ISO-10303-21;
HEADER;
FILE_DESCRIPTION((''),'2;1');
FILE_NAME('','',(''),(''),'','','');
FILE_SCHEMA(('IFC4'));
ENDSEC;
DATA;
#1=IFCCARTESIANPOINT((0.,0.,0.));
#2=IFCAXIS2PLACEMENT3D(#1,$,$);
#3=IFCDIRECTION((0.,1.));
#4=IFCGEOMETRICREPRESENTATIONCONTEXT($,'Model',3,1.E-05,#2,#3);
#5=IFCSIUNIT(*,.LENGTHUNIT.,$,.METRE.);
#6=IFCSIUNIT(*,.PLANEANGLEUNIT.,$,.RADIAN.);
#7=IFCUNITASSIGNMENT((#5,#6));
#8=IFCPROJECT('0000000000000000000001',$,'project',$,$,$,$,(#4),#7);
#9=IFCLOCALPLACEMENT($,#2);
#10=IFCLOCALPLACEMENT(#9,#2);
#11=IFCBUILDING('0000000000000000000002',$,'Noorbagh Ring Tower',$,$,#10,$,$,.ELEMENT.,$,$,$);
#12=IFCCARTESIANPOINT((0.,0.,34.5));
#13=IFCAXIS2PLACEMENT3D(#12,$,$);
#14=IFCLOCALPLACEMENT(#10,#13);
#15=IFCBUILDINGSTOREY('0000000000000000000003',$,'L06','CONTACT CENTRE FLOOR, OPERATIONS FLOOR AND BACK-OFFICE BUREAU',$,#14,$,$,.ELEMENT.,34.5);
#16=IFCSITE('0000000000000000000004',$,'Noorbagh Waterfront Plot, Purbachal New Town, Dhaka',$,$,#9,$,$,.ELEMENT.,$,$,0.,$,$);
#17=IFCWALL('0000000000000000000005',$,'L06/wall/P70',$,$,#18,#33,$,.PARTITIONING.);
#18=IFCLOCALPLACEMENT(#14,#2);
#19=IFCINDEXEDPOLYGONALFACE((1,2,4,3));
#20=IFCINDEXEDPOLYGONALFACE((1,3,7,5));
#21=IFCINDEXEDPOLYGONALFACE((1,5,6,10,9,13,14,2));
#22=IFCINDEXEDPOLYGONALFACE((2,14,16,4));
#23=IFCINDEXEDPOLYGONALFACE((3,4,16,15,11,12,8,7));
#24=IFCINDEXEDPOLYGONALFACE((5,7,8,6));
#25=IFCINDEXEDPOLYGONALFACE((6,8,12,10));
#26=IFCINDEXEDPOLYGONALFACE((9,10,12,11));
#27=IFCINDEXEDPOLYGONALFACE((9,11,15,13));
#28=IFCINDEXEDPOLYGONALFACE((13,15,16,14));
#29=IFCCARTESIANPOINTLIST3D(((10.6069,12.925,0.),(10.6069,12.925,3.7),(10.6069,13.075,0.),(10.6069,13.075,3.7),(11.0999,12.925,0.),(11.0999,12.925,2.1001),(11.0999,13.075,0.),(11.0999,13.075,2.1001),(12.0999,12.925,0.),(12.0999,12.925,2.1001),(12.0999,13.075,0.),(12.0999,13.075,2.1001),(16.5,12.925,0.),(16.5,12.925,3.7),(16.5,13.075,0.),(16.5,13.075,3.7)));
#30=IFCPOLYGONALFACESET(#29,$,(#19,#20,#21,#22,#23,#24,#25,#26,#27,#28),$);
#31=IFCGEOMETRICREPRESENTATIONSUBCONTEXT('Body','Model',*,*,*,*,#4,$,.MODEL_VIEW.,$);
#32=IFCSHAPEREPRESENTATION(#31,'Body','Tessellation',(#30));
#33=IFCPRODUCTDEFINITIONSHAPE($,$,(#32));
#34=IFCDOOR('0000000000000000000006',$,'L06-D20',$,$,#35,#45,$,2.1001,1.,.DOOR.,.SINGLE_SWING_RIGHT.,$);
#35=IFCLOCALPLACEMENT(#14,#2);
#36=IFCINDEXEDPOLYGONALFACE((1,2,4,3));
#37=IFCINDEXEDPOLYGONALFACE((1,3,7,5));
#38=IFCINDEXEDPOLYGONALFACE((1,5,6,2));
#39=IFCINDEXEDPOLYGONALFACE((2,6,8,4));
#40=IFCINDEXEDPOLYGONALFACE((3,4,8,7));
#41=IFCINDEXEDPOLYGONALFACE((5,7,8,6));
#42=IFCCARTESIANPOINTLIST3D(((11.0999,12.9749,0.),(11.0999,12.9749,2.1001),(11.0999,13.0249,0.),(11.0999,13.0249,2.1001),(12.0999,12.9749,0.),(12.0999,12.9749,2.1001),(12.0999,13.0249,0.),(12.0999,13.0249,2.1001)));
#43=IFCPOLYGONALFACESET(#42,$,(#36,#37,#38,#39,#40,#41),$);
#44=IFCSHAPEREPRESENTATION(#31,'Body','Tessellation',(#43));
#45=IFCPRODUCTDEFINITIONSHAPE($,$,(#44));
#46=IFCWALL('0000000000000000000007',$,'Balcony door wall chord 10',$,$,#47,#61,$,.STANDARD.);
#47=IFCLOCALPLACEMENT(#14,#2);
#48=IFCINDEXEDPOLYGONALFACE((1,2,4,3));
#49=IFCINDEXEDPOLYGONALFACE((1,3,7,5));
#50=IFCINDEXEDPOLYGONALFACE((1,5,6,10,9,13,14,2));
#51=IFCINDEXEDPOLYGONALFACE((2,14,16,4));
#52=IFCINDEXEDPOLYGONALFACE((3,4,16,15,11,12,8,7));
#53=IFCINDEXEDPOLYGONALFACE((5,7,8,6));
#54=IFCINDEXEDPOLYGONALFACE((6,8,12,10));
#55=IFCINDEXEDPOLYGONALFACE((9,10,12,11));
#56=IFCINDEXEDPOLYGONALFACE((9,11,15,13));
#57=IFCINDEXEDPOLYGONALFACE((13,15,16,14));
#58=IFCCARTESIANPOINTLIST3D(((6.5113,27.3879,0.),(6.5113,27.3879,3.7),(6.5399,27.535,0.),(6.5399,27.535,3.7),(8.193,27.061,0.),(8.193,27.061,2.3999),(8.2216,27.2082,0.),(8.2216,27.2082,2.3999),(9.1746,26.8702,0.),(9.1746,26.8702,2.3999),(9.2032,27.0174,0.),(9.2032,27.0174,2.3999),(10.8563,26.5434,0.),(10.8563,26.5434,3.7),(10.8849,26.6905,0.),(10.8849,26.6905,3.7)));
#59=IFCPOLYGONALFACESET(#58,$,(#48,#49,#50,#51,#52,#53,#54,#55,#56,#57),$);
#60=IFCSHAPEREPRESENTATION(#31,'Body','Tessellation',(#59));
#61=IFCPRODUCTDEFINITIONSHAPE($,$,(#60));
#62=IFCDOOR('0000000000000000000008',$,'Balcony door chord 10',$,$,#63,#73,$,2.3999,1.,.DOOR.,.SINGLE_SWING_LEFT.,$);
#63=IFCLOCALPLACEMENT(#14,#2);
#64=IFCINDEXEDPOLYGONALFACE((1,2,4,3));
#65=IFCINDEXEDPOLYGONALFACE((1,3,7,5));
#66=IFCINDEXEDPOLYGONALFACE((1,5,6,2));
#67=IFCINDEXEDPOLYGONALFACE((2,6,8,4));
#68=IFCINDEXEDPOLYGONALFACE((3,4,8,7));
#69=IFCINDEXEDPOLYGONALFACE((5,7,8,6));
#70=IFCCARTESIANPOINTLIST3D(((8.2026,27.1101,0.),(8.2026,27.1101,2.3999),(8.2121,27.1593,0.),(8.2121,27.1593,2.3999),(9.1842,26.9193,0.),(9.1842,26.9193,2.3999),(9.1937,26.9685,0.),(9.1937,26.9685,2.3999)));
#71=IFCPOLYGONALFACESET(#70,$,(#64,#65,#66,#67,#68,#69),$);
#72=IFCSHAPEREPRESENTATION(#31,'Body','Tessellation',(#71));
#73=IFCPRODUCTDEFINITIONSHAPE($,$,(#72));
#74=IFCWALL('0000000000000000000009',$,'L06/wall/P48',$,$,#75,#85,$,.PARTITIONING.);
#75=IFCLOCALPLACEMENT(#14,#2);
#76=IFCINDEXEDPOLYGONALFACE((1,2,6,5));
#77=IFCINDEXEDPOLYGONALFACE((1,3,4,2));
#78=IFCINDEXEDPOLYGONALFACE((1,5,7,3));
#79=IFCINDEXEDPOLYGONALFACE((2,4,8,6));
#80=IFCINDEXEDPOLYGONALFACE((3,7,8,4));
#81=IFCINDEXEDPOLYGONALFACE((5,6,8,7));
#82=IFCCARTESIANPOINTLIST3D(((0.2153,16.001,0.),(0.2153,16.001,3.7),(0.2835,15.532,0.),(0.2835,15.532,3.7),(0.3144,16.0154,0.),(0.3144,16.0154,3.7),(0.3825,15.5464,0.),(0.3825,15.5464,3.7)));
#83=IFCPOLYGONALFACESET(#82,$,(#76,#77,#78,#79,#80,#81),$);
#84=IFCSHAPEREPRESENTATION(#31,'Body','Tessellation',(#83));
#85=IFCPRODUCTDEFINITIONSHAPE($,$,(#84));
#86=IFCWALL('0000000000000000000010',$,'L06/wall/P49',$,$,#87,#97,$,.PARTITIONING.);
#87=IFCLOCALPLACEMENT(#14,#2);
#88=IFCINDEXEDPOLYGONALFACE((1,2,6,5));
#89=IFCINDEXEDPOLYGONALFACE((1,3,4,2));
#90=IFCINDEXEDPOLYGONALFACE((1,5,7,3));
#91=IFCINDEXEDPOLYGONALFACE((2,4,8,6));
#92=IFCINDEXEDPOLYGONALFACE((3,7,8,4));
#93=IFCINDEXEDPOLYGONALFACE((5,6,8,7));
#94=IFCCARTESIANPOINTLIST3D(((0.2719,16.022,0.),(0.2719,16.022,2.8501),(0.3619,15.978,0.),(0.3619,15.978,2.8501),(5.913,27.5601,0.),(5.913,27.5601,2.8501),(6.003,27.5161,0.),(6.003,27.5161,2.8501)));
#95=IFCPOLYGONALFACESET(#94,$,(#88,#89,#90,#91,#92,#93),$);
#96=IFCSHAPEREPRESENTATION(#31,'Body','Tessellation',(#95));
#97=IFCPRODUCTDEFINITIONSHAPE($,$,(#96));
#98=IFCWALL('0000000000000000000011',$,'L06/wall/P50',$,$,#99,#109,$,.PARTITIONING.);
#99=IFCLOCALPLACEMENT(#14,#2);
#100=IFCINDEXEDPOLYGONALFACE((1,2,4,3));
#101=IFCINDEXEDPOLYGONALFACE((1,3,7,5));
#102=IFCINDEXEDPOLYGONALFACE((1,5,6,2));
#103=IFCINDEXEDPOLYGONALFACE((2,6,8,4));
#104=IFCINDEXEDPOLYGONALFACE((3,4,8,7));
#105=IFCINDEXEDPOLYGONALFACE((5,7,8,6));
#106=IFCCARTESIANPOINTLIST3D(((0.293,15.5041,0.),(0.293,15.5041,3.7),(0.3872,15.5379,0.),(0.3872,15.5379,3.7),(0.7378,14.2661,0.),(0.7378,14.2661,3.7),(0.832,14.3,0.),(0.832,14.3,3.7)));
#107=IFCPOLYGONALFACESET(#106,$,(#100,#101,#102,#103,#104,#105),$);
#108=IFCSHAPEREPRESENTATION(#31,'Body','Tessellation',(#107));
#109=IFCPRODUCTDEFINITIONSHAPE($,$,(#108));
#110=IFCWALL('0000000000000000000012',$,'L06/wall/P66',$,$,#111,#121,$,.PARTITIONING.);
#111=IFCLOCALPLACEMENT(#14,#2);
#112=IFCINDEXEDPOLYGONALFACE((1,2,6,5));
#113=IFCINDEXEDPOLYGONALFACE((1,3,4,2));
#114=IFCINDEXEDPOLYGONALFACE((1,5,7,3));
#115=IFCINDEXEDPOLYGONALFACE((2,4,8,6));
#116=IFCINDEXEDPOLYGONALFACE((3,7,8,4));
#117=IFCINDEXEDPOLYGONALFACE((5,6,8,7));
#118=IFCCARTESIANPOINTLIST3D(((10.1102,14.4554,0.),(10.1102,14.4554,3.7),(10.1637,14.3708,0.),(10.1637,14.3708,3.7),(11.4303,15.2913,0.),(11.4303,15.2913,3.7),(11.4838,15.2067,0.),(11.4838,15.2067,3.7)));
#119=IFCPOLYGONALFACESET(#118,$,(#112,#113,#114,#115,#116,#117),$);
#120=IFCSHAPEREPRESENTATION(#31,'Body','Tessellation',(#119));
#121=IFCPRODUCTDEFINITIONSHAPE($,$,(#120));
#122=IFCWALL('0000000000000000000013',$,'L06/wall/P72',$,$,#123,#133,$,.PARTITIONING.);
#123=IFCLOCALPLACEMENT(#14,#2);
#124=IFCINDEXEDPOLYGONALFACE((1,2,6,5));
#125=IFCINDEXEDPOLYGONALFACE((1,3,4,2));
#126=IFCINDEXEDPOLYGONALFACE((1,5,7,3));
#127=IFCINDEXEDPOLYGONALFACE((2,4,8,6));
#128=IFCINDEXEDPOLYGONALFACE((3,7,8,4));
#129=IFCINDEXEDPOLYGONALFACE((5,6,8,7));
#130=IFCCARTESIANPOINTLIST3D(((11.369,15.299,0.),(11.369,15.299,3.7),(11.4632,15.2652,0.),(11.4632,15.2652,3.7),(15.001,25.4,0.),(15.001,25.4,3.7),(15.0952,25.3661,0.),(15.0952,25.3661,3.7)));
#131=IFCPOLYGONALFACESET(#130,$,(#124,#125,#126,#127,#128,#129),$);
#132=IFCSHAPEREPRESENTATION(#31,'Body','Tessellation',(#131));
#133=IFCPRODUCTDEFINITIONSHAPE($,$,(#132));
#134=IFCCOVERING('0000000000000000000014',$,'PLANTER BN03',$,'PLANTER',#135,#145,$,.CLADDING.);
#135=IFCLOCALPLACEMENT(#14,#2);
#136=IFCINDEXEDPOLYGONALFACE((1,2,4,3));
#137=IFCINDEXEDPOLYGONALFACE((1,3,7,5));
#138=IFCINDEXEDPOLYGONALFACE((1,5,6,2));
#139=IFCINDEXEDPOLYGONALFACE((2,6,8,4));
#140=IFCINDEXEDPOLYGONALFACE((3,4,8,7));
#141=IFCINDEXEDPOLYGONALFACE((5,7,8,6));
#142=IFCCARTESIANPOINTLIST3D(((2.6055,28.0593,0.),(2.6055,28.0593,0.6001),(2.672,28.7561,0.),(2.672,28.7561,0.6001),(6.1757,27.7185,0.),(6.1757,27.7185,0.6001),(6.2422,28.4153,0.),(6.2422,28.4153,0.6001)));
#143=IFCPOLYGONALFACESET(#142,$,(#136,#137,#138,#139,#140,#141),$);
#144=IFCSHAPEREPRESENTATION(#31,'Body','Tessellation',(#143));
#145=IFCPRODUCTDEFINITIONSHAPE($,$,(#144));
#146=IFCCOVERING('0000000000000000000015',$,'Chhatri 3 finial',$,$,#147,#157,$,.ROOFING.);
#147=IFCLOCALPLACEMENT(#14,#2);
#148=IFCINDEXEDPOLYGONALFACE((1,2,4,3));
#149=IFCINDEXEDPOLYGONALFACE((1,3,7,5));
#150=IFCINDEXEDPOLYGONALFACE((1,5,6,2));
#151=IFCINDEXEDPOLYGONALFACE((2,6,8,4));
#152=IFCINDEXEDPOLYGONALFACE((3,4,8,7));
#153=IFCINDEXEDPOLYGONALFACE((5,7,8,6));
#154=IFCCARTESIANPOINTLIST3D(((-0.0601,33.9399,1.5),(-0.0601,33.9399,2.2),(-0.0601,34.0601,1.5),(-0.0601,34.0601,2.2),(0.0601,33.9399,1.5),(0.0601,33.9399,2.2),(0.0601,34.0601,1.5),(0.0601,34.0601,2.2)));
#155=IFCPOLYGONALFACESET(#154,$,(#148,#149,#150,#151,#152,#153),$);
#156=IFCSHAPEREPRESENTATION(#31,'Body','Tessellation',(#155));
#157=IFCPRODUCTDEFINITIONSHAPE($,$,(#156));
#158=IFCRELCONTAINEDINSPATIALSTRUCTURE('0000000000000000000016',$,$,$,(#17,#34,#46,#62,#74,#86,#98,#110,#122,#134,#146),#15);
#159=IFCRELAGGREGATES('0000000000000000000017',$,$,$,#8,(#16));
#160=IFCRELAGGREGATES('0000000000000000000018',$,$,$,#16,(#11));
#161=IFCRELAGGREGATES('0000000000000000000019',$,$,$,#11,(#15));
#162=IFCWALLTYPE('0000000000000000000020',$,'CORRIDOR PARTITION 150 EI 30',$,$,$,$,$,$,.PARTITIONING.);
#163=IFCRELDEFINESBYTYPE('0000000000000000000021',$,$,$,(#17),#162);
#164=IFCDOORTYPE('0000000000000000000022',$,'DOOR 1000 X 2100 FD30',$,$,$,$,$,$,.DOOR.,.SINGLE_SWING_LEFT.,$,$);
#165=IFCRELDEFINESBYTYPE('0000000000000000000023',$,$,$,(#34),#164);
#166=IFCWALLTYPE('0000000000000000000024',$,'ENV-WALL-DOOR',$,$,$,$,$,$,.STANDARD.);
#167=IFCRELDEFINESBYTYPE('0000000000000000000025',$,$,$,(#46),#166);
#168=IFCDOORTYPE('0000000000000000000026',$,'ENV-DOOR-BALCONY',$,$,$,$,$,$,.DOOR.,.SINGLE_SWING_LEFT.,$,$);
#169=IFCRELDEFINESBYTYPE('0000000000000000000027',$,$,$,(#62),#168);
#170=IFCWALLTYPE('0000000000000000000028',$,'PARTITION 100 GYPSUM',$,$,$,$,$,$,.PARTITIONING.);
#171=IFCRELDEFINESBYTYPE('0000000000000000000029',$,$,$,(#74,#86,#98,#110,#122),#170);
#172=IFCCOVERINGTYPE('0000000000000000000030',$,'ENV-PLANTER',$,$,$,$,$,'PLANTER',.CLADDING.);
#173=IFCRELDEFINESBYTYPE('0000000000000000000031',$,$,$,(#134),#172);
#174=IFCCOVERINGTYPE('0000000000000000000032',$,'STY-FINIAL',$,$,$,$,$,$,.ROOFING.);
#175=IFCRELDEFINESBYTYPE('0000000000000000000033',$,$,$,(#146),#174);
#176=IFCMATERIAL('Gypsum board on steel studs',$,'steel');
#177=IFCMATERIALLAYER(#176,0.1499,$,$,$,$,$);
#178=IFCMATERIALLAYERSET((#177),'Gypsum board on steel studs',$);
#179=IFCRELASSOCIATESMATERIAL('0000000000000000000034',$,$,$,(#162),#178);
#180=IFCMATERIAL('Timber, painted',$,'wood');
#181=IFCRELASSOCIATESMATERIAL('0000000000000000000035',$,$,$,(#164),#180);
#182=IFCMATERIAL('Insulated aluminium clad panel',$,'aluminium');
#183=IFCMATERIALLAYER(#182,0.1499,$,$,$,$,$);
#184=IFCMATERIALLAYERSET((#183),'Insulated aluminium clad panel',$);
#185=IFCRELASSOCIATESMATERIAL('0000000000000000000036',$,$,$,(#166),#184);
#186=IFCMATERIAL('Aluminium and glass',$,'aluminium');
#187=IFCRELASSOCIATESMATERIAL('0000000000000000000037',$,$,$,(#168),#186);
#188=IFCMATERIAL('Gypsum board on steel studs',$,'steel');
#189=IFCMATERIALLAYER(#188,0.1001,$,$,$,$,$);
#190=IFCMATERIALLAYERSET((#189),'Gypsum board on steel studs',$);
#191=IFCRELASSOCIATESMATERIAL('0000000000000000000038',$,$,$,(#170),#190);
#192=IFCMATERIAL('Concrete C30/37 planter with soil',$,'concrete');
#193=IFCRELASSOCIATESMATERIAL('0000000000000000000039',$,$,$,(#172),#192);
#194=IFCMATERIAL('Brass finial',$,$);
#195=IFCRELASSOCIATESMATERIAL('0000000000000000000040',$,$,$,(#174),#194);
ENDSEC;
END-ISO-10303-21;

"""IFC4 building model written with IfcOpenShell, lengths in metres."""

from ifc_helpers import new_model, si_unit, direction, frame, frame_2d, origin, origin_2d, place, context, subcontext, project, spatial, rectangle, extrude, material, layer, layer_set, type_object, element, fill, save


model = new_model("IFC4")

# Units and contexts
model_context = context("Model", 3, precision=1e-05, world=origin(), true_north=direction((0.0, 1.0)))
body_context = subcontext(model_context, "Body", "Model", "MODEL_VIEW")
ifc_project = project(units=[si_unit("LENGTHUNIT", "METRE"), si_unit("PLANEANGLEUNIT", "RADIAN")], contexts=[model_context])

# Site, building, storey
site_placement = place(None, origin())
site = spatial("IfcSite", under=ifc_project, at=site_placement, Name="Noorbagh Waterfront Plot, Purbachal New Town, Dhaka", CompositionType="ELEMENT", RefElevation=0.0)
building_placement = place(site_placement, origin())
building = spatial("IfcBuilding", under=site, at=building_placement, Name="Noorbagh Ring Tower", CompositionType="ELEMENT")
storey_placement = place(building_placement, frame((0.0, 0.0, 34.5)))
storey = spatial("IfcBuildingStorey", under=building, at=storey_placement, Name="L06", Description="CONTACT CENTRE FLOOR, OPERATIONS FLOOR AND BACK-OFFICE BUREAU", CompositionType="ELEMENT", Elevation=34.5)

# Shared definitions
ifc_material_1 = material(Name="Gypsum board on steel studs", Category="steel")
ifc_layer_1 = layer(ifc_material_1, 0.1499)
ifc_layer_set_1 = layer_set([ifc_layer_1], Name="Gypsum board on steel studs")
wall_type_1 = type_object("IfcWallType", Name="CORRIDOR PARTITION 150 EI 30", PredefinedType="PARTITIONING", material=ifc_layer_set_1)

# Walls, openings, doors
wall_1_placement = place(storey_placement, frame((10.6069, 13.0, 0.0), z_axis=(0.0, 0.0, 1.0), x_axis=(1.0, 0.0, 0.0)))
wall_1 = element("IfcWall", 1, at=wall_1_placement, inside=storey, type_object=wall_type_1, Name="L06/wall/P70", PredefinedType="PARTITIONING", context=body_context, shape_type="SweptSolid", body=[
    extrude(rectangle(XDim=5.8931, YDim=0.1499, at=frame_2d((2.9465, 0.0))), origin(), (0.0, 0.0, 1.0), 3.7),
])
opening_1_placement = place(wall_1_placement, frame((0.4929, 0.0, 0.0)))
opening_1 = element("IfcOpeningElement", 2, at=opening_1_placement, cuts=wall_1, PredefinedType="OPENING", context=body_context, shape_type="SweptSolid", body=[
    extrude(rectangle(XDim=1.0, YDim=2.1001, at=frame_2d((0.5, 1.05))), frame((0.0, 0.085, 0.0), z_axis=(0.0, -1.0, 0.0), x_axis=(1.0, 0.0, 0.0)), (0.0, 0.0, 1.0), 0.1699),
])
ifc_material_2 = material(Name="Timber, painted", Category="wood")
door_type_1 = type_object("IfcDoorType", Name="DOOR 1000 X 2100 FD30", OperationType="SINGLE_SWING_LEFT", PredefinedType="DOOR", material=ifc_material_2)
door_1_placement = place(opening_1_placement, origin())
door_1 = element("IfcDoor", 3, at=door_1_placement, inside=storey, type_object=door_type_1, Name="L06-D20", OperationType="SINGLE_SWING_RIGHT", OverallHeight=2.1001, OverallWidth=1.0, PredefinedType="DOOR", context=body_context, shape_type="SweptSolid", body=[
    extrude(rectangle(XDim=1.0, YDim=2.1001, at=frame_2d((0.5, 1.05))), frame((0.0, 0.0249, 0.0), z_axis=(0.0, -1.0, 0.0), x_axis=(1.0, 0.0, 0.0)), (0.0, 0.0, 1.0), 0.05),
])
fill(opening_1, door_1)
ifc_material_3 = material(Name="Insulated aluminium clad panel", Category="aluminium")
ifc_layer_2 = layer(ifc_material_3, 0.1499)
ifc_layer_set_2 = layer_set([ifc_layer_2], Name="Insulated aluminium clad panel")
wall_type_2 = type_object("IfcWallType", Name="ENV-WALL-DOOR", PredefinedType="STANDARD", material=ifc_layer_set_2)
wall_2_placement = place(storey_placement, frame((10.8706, 26.6169, 0.0), z_axis=(0.0, 0.0, 1.0), x_axis=(-0.981631, 0.190788, 0.0)))
wall_2 = element("IfcWall", 4, at=wall_2_placement, inside=storey, type_object=wall_type_2, Name="Balcony door wall chord 10", PredefinedType="STANDARD", context=body_context, shape_type="SweptSolid", body=[
    extrude(rectangle(XDim=4.4263, YDim=0.1499, at=frame_2d((2.2131, 0.0))), origin(), (0.0, 0.0, 1.0), 3.7),
])
opening_2_placement = place(wall_2_placement, frame((1.7131, 0.0, 0.0)))
opening_2 = element("IfcOpeningElement", 5, at=opening_2_placement, cuts=wall_2, PredefinedType="OPENING", context=body_context, shape_type="SweptSolid", body=[
    extrude(rectangle(XDim=1.0, YDim=2.3999, at=frame_2d((0.5, 1.2))), frame((0.0, 0.085, 0.0), z_axis=(0.0, -1.0, 0.0), x_axis=(1.0, 0.0, 0.0)), (0.0, 0.0, 1.0), 0.1699),
])
ifc_material_4 = material(Name="Aluminium and glass", Category="aluminium")
door_type_2 = type_object("IfcDoorType", Name="ENV-DOOR-BALCONY", OperationType="SINGLE_SWING_LEFT", PredefinedType="DOOR", material=ifc_material_4)
door_2_placement = place(opening_2_placement, origin())
door_2 = element("IfcDoor", 6, at=door_2_placement, inside=storey, type_object=door_type_2, Name="Balcony door chord 10", OperationType="SINGLE_SWING_LEFT", OverallHeight=2.3999, OverallWidth=1.0, PredefinedType="DOOR", context=body_context, shape_type="SweptSolid", body=[
    extrude(rectangle(XDim=1.0, YDim=2.3999, at=frame_2d((0.5, 1.2))), frame((0.0, 0.0249, 0.0), z_axis=(0.0, -1.0, 0.0), x_axis=(1.0, 0.0, 0.0)), (0.0, 0.0, 1.0), 0.05),
])
fill(opening_2, door_2)

# Walls
ifc_material_5 = material(Name="Gypsum board on steel studs", Category="steel")
ifc_layer_3 = layer(ifc_material_5, 0.1001)
ifc_layer_set_3 = layer_set([ifc_layer_3], Name="Gypsum board on steel studs")
wall_type_3 = type_object("IfcWallType", Name="PARTITION 100 GYPSUM", PredefinedType="PARTITIONING", material=ifc_layer_set_3)
wall_3_placement = place(storey_placement, frame((0.2649, 16.0081, 0.0), z_axis=(0.0, 0.0, 1.0), x_axis=(0.143729, -0.989617, 0.0)))
element("IfcWall", 7, at=wall_3_placement, inside=storey, type_object=wall_type_3, Name="L06/wall/P48", PredefinedType="PARTITIONING", context=body_context, shape_type="SweptSolid", body=[
    extrude(rectangle(XDim=0.4739, YDim=0.1001, at=frame_2d((0.2368, 0.0))), origin(), (0.0, 0.0, 1.0), 3.7),
])
wall_4_placement = place(storey_placement, frame((0.3169, 16.0, 0.0), z_axis=(0.0, 0.0, 1.0), x_axis=(0.439227, 0.898376, 0.0)))
element("IfcWall", 8, at=wall_4_placement, inside=storey, type_object=wall_type_3, Name="L06/wall/P49", PredefinedType="PARTITIONING", context=body_context, shape_type="SweptSolid", body=[
    extrude(rectangle(XDim=12.8433, YDim=0.1001, at=frame_2d((6.4216, 0.0))), origin(), (0.0, 0.0, 1.0), 2.8501),
])
wall_5_placement = place(storey_placement, frame((0.3401, 15.521, 0.0), z_axis=(0.0, 0.0, 1.0), x_axis=(0.338135, -0.941098, 0.0)))
element("IfcWall", 9, at=wall_5_placement, inside=storey, type_object=wall_type_3, Name="L06/wall/P50", PredefinedType="PARTITIONING", context=body_context, shape_type="SweptSolid", body=[
    extrude(rectangle(XDim=1.3154, YDim=0.1001, at=frame_2d((0.6577, 0.0))), origin(), (0.0, 0.0, 1.0), 3.7),
])
wall_6_placement = place(storey_placement, frame((10.137, 14.4131, 0.0), z_axis=(0.0, 0.0, 1.0), x_axis=(0.84485, 0.535004, 0.0)))
element("IfcWall", 10, at=wall_6_placement, inside=storey, type_object=wall_type_3, Name="L06/wall/P66", PredefinedType="PARTITIONING", context=body_context, shape_type="SweptSolid", body=[
    extrude(rectangle(XDim=1.5625, YDim=0.1001, at=frame_2d((0.7812, 0.0))), origin(), (0.0, 0.0, 1.0), 3.7),
])
wall_7_placement = place(storey_placement, frame((11.416, 15.282, 0.0), z_axis=(0.0, 0.0, 1.0), x_axis=(0.338364, 0.941015, 0.0)))
element("IfcWall", 11, at=wall_7_placement, inside=storey, type_object=wall_type_3, Name="L06/wall/P72", PredefinedType="PARTITIONING", context=body_context, shape_type="SweptSolid", body=[
    extrude(rectangle(XDim=10.7341, YDim=0.1001, at=frame_2d((5.3672, 0.0))), origin(), (0.0, 0.0, 1.0), 3.7),
])

# Coverings
ifc_material_6 = material(Name="Concrete C30/37 planter with soil", Category="concrete")
covering_type_1 = type_object("IfcCoveringType", Name="ENV-PLANTER", ElementType="PLANTER", PredefinedType="CLADDING", material=ifc_material_6)
covering_1_placement = place(storey_placement, frame((4.4238, 28.2373, 0.0), z_axis=(0.0, 0.0, 1.0), x_axis=(-0.995476, 0.095008, 0.0)))
element("IfcCovering", 12, at=covering_1_placement, inside=storey, type_object=covering_type_1, Name="PLANTER BN03", ObjectType="PLANTER", PredefinedType="CLADDING", context=body_context, shape_type="SweptSolid", body=[
    extrude(rectangle(XDim=3.5864, YDim=0.7, at=origin_2d()), origin(), (0.0, 0.0, 1.0), 0.6001),
])
ifc_material_7 = material(Name="Brass finial")
covering_type_2 = type_object("IfcCoveringType", Name="STY-FINIAL", PredefinedType="ROOFING", material=ifc_material_7)
covering_2_placement = place(storey_placement, frame((0.0, 34.0, 1.5), z_axis=(0.0, 0.0, 1.0), x_axis=(1.0, 0.0, 0.0)))
element("IfcCovering", 13, at=covering_2_placement, inside=storey, type_object=covering_type_2, Name="Chhatri 3 finial", PredefinedType="ROOFING", context=body_context, shape_type="SweptSolid", body=[
    extrude(rectangle(XDim=0.1201, YDim=0.1201, at=origin_2d()), origin(), (0.0, 0.0, 1.0), 0.7),
])

save(model, "model.ifc")
